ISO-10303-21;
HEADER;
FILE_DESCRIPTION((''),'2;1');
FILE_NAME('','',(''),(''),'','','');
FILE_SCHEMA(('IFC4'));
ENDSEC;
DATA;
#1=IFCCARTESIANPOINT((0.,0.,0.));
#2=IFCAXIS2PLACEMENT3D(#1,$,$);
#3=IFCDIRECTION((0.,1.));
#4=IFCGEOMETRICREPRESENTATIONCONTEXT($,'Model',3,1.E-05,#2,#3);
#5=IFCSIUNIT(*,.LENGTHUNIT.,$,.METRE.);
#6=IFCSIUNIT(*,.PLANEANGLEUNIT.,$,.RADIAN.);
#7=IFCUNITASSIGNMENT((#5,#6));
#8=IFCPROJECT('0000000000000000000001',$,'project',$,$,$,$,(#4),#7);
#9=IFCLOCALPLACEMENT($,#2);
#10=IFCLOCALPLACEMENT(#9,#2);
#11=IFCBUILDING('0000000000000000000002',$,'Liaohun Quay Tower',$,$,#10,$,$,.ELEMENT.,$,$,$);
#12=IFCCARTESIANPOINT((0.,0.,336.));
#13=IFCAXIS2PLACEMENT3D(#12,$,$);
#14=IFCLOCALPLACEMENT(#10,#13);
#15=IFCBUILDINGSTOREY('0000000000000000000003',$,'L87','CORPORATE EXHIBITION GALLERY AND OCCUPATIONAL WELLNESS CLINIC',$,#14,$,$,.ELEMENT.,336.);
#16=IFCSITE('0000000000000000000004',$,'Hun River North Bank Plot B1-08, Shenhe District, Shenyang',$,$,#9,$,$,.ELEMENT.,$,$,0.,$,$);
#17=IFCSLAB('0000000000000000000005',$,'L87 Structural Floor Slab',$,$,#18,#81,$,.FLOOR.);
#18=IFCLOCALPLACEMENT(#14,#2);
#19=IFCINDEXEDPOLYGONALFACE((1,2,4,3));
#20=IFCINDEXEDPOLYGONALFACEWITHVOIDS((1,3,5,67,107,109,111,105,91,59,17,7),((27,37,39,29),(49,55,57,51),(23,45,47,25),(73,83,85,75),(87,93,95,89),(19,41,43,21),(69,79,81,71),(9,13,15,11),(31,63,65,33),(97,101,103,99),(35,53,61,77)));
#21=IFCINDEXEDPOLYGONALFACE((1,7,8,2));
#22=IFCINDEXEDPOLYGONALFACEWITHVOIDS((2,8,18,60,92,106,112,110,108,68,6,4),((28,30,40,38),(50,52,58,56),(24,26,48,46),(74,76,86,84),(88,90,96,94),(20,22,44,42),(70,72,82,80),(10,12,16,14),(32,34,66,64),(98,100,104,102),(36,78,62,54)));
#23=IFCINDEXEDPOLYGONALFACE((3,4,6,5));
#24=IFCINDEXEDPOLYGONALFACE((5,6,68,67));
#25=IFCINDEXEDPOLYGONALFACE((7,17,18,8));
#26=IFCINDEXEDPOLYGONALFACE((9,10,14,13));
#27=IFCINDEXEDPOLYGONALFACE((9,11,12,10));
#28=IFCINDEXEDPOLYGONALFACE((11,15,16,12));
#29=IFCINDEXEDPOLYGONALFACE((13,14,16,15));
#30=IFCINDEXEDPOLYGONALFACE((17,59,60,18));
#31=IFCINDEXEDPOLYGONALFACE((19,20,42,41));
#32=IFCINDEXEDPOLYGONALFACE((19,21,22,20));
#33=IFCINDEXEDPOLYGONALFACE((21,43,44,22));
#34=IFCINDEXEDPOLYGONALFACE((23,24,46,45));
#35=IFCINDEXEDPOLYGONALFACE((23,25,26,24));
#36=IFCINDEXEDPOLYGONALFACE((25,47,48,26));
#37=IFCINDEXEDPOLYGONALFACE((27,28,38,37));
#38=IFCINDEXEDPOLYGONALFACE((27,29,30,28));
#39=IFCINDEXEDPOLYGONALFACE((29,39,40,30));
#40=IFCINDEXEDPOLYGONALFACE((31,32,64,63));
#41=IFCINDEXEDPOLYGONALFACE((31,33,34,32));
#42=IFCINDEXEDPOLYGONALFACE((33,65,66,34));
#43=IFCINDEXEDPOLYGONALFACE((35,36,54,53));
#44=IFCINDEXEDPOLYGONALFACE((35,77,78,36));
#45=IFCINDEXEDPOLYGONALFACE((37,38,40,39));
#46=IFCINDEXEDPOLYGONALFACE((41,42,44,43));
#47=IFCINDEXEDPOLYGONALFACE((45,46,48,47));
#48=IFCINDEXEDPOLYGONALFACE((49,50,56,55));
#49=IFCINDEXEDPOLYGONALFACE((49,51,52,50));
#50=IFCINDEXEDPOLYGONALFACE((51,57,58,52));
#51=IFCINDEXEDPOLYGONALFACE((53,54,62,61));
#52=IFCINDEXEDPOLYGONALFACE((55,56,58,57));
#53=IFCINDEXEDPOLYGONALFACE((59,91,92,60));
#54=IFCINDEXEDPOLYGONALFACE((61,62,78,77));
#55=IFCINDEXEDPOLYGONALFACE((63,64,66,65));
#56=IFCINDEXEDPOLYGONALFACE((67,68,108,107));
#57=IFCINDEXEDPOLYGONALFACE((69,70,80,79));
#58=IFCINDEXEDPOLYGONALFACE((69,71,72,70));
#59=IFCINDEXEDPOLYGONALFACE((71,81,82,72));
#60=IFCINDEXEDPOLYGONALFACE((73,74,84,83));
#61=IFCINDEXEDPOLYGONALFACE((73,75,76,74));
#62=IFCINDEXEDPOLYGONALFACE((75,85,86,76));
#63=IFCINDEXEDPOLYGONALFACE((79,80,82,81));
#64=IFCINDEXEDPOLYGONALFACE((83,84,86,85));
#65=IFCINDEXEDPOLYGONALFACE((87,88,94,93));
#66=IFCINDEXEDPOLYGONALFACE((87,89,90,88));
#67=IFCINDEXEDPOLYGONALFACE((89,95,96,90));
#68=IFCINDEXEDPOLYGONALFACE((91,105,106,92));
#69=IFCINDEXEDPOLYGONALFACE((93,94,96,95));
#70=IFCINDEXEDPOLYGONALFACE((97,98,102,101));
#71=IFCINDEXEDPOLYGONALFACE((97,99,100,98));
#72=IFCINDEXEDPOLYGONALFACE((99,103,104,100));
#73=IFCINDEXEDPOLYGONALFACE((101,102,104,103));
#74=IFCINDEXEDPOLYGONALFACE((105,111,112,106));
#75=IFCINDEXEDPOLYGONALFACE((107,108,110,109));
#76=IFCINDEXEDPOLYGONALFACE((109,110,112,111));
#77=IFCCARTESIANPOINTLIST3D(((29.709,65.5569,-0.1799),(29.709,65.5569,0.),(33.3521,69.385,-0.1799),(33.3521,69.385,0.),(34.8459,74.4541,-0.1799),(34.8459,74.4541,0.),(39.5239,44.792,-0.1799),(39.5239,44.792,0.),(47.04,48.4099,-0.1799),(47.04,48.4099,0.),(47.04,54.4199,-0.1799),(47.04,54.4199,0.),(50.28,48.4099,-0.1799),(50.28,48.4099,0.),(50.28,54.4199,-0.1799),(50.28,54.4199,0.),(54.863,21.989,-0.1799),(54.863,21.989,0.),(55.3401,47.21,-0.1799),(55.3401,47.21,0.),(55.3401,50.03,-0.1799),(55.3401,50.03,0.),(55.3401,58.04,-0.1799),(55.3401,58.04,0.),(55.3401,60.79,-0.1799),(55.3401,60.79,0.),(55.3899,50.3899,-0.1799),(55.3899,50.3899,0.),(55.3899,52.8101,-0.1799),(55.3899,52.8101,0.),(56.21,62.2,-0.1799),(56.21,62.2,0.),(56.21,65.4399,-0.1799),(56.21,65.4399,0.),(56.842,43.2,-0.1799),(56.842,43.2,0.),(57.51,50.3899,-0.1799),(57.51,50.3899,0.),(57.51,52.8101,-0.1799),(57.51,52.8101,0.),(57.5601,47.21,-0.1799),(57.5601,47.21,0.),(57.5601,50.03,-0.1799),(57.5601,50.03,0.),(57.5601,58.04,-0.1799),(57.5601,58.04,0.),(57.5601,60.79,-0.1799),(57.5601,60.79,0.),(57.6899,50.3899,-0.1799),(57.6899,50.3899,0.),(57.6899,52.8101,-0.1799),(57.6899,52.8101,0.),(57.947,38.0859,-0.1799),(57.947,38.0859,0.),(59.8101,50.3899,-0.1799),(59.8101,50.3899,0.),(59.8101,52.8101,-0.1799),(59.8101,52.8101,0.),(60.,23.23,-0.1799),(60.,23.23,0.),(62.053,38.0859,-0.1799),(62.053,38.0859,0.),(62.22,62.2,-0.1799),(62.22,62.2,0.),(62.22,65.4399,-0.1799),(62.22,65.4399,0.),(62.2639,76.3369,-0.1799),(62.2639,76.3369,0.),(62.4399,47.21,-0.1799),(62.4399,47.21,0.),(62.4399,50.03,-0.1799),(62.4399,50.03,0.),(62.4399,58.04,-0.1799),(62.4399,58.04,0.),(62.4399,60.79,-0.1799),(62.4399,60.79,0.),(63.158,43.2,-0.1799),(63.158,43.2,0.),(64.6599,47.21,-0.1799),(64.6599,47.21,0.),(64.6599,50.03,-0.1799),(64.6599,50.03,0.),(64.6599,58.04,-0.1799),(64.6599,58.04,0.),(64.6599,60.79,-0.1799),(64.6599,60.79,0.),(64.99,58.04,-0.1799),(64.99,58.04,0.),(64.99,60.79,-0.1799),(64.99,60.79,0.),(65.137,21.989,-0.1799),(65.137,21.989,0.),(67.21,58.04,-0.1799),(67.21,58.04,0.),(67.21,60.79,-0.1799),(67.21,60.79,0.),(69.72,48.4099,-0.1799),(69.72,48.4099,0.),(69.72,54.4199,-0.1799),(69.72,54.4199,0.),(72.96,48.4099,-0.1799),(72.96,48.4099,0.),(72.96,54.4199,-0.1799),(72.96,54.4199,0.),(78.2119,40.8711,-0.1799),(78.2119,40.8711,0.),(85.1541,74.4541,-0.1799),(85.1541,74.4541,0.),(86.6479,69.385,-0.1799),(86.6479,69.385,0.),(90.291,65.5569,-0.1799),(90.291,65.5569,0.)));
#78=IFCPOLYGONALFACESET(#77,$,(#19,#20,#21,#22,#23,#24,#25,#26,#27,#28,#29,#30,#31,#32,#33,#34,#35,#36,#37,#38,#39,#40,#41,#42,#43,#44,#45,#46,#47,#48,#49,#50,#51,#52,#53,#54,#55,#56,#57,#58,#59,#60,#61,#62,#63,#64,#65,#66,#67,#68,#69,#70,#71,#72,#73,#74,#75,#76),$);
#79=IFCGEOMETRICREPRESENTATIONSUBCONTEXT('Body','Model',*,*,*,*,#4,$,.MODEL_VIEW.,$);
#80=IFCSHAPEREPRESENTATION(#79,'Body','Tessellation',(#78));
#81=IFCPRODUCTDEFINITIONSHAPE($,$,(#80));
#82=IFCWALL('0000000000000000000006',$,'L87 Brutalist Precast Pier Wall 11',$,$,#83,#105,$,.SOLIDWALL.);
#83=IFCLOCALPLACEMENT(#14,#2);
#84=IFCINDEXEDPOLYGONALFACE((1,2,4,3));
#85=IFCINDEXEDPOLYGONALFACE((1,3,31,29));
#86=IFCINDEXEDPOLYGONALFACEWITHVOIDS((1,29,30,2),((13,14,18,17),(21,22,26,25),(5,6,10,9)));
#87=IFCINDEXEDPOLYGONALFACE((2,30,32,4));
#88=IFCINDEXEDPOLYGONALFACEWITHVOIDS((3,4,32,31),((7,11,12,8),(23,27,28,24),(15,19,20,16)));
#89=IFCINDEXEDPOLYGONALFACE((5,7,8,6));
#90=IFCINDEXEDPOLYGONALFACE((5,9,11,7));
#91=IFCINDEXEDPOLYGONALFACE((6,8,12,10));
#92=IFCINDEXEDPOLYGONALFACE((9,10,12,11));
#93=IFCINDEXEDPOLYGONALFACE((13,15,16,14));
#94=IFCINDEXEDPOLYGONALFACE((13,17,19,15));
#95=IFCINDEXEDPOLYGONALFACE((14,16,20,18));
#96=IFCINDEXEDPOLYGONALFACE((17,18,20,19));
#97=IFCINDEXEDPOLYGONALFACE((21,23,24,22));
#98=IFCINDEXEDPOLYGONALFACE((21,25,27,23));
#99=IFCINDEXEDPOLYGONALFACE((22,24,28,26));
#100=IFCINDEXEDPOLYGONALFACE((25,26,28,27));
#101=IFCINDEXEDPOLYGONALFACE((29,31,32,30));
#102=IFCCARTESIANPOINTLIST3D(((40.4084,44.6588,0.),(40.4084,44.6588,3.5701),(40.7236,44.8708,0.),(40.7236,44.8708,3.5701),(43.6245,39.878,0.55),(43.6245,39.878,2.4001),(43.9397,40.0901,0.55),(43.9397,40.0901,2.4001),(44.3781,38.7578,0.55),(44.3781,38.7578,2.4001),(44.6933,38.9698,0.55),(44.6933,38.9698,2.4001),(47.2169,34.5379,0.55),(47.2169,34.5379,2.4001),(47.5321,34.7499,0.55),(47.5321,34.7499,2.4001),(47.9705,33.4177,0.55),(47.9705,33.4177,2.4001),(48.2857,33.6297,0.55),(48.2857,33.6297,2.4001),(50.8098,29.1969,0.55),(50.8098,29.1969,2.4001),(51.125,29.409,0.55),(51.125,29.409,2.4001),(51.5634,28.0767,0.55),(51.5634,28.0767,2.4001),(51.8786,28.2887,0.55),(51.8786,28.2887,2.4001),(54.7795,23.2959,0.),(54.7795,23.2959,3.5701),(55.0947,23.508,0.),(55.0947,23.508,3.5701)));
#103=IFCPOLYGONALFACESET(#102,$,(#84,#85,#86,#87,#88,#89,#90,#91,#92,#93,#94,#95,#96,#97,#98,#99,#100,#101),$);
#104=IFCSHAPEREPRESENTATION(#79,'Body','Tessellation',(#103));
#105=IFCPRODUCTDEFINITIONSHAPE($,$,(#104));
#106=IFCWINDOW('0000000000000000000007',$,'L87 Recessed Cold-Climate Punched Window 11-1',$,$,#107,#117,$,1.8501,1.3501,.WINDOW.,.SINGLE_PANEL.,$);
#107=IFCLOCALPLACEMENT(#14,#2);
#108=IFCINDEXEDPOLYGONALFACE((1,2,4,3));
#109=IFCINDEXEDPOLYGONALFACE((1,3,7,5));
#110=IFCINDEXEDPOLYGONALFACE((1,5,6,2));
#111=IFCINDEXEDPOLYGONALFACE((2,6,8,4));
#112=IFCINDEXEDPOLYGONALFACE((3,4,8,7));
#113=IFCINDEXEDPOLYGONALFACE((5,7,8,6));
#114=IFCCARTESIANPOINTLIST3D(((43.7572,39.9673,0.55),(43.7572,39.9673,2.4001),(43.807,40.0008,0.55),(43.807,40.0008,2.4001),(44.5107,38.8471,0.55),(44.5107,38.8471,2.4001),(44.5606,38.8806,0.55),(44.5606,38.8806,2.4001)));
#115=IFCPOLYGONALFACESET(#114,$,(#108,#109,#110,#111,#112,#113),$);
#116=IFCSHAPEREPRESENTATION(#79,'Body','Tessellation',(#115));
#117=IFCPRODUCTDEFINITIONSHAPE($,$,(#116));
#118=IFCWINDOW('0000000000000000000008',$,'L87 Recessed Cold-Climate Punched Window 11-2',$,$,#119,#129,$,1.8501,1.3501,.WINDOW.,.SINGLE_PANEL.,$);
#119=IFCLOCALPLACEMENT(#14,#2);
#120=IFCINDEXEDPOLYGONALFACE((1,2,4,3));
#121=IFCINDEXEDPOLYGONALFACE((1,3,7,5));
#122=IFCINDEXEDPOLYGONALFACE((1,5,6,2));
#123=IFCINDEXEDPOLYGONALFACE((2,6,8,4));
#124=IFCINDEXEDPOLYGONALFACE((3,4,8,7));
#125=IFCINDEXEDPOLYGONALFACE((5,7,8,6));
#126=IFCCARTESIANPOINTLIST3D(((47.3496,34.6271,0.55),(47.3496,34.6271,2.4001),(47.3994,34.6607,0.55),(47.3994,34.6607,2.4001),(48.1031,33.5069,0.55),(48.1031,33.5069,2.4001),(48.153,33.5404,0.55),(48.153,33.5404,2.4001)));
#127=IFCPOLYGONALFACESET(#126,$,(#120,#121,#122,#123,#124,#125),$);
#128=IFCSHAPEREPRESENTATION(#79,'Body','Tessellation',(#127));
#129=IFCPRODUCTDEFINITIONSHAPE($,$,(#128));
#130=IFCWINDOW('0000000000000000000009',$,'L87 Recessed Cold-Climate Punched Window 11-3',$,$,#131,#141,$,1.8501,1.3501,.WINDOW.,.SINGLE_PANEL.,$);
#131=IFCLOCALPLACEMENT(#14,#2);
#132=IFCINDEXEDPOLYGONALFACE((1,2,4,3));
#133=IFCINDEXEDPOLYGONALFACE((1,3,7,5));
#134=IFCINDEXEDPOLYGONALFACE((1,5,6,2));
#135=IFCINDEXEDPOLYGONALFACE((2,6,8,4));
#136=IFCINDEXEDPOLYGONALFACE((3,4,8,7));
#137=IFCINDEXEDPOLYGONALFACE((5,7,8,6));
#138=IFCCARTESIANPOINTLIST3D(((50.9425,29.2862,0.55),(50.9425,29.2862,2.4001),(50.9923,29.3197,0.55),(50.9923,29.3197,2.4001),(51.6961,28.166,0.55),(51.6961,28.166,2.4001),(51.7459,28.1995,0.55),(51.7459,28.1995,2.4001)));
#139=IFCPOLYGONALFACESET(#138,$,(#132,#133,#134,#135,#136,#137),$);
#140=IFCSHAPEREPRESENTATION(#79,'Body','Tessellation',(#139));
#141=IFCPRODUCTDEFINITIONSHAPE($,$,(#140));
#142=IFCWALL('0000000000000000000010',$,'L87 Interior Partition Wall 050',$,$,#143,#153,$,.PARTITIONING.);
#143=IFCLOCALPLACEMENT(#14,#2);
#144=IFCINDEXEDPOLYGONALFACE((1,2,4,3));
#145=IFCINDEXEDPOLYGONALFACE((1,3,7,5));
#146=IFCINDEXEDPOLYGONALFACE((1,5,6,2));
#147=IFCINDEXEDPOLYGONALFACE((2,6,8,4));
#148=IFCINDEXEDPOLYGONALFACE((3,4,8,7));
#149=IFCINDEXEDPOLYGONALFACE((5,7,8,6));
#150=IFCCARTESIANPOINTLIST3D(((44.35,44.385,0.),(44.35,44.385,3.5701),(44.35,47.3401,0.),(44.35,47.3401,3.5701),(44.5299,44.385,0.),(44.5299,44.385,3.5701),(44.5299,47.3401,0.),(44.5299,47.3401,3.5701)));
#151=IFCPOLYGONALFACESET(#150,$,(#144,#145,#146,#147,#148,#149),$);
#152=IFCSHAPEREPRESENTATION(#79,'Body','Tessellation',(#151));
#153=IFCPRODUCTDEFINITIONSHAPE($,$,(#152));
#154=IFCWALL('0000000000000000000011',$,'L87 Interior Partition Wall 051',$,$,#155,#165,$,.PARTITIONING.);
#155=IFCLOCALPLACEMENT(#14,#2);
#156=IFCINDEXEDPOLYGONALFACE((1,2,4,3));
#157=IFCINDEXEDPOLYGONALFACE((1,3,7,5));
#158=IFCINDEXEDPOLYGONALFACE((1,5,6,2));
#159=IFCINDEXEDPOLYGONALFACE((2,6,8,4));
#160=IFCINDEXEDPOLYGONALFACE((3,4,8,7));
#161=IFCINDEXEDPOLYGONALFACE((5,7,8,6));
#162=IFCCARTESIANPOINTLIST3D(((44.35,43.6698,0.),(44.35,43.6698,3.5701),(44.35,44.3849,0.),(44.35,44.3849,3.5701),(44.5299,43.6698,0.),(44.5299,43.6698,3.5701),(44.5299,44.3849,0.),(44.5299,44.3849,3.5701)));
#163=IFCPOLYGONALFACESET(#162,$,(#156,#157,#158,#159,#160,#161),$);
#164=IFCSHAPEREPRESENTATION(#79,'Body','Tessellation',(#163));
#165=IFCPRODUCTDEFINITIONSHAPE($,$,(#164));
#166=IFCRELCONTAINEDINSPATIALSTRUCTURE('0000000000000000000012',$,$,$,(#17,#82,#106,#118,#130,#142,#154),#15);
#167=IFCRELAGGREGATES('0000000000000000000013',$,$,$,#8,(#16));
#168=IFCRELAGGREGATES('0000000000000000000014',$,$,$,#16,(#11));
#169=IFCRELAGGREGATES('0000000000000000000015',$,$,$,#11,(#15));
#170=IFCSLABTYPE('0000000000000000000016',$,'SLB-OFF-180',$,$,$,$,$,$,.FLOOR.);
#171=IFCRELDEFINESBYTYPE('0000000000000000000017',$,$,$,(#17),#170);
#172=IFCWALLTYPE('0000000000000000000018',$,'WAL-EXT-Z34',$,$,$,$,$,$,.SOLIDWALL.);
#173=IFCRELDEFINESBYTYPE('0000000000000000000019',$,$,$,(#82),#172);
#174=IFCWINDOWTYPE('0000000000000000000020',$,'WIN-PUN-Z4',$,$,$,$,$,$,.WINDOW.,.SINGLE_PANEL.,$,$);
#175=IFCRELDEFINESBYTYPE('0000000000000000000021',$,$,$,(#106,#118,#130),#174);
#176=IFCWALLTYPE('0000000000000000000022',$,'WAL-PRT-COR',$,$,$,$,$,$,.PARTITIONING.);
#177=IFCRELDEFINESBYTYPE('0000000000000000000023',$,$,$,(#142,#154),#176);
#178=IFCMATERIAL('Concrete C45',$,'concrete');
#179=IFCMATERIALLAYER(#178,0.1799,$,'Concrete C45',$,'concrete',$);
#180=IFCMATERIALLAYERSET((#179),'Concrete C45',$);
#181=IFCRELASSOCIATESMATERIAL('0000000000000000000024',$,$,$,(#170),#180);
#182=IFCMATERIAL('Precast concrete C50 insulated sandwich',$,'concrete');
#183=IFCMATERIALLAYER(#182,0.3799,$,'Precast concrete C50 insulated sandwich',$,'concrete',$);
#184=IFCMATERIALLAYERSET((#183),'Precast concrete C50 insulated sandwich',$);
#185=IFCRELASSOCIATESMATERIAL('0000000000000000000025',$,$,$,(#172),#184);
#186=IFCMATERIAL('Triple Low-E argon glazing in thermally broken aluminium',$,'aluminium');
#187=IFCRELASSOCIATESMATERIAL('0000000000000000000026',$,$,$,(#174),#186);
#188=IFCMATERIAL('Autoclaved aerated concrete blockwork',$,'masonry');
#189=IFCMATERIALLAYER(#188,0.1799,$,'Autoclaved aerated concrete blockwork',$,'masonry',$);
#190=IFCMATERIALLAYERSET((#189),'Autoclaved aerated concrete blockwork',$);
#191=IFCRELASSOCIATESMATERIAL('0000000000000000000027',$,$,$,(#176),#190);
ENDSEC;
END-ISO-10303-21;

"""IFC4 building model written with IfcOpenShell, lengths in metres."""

from ifc_helpers import new_model, si_unit, direction, frame, frame_2d, origin, place, context, subcontext, project, spatial, polyline, rectangle, outline, extrude, source, transform, mapped, material, layer, layer_set, type_object, element, fill, save


model = new_model("IFC4")

# Units and contexts
model_context = context("Model", 3, precision=1e-05, world=origin(), true_north=direction((0.0, 1.0)))
body_context = subcontext(model_context, "Body", "Model", "MODEL_VIEW")
ifc_project = project(units=[si_unit("LENGTHUNIT", "METRE"), si_unit("PLANEANGLEUNIT", "RADIAN")], contexts=[model_context])

# Site, building, storey
site_placement = place(None, origin())
site = spatial("IfcSite", under=ifc_project, at=site_placement, Name="Hun River North Bank Plot B1-08, Shenhe District, Shenyang", CompositionType="ELEMENT", RefElevation=0.0)
building_placement = place(site_placement, origin())
building = spatial("IfcBuilding", under=site, at=building_placement, Name="Liaohun Quay Tower", CompositionType="ELEMENT")
storey_placement = place(building_placement, frame((0.0, 0.0, 336.0)))
storey = spatial("IfcBuildingStorey", under=building, at=storey_placement, Name="L87", Description="CORPORATE EXHIBITION GALLERY AND OCCUPATIONAL WELLNESS CLINIC", CompositionType="ELEMENT", Elevation=336.0)

# Shared definitions
ifc_material_1 = material(Name="Concrete C45", Category="concrete")

# Slab
ifc_layer_1 = layer(ifc_material_1, 0.1799, Name="Concrete C45", Category="concrete")
ifc_layer_set_1 = layer_set([ifc_layer_1], Name="Concrete C45")
slab_type_1 = type_object("IfcSlabType", Name="SLB-OFF-180", PredefinedType="FLOOR", material=ifc_layer_set_1)
slab_1_placement = place(storey_placement, frame((0.0, 0.0, -0.1799)))
element("IfcSlab", 1, at=slab_1_placement, inside=storey, type_object=slab_type_1, Name="L87 Structural Floor Slab", PredefinedType="FLOOR", context=body_context, shape_type="SweptSolid", body=[
    extrude(outline(polyline([(54.863, 21.989), (60.0, 23.23), (65.137, 21.989), (78.2119, 40.8711), (90.291, 65.5569), (86.6479, 69.385), (85.1541, 74.4541), (62.2639, 76.3369), (34.8459, 74.4541), (33.3521, 69.385), (29.709, 65.5569), (39.5239, 44.792), (54.863, 21.989)]), holes=[polyline([(57.5601, 50.03), (55.3401, 50.03), (55.3401, 47.21), (57.5601, 47.21), (57.5601, 50.03)]), polyline([(47.04, 54.4199), (47.04, 48.4099), (50.28, 48.4099), (50.28, 54.4199), (47.04, 54.4199)]), polyline([(57.51, 52.8101), (55.3899, 52.8101), (55.3899, 50.3899), (57.51, 50.3899), (57.51, 52.8101)]), polyline([(59.8101, 50.3899), (59.8101, 52.8101), (57.6899, 52.8101), (57.6899, 50.3899), (59.8101, 50.3899)]), polyline([(57.5601, 58.04), (57.5601, 60.79), (55.3401, 60.79), (55.3401, 58.04), (57.5601, 58.04)]), polyline([(62.22, 65.4399), (56.21, 65.4399), (56.21, 62.2), (62.22, 62.2), (62.22, 65.4399)]), polyline([(62.053, 38.0859), (63.158, 43.2), (56.842, 43.2), (57.947, 38.0859), (62.053, 38.0859)]), polyline([(64.6599, 47.21), (64.6599, 50.03), (62.4399, 50.03), (62.4399, 47.21), (64.6599, 47.21)]), polyline([(69.72, 54.4199), (69.72, 48.4099), (72.96, 48.4099), (72.96, 54.4199), (69.72, 54.4199)]), polyline([(64.6599, 58.04), (64.6599, 60.79), (62.4399, 60.79), (62.4399, 58.04), (64.6599, 58.04)]), polyline([(67.21, 58.04), (67.21, 60.79), (64.99, 60.79), (64.99, 58.04), (67.21, 58.04)])]), origin(), (0.0, 0.0, 1.0), 0.1799),
])

# Wall, openings, windows
ifc_material_2 = material(Name="Precast concrete C50 insulated sandwich", Category="concrete")
ifc_layer_2 = layer(ifc_material_2, 0.3799, Name="Precast concrete C50 insulated sandwich", Category="concrete")
ifc_layer_set_2 = layer_set([ifc_layer_2], Name="Precast concrete C50 insulated sandwich")
wall_type_1 = type_object("IfcWallType", Name="WAL-EXT-Z34", PredefinedType="SOLIDWALL", material=ifc_layer_set_2)
wall_1_placement = place(storey_placement, frame((40.5659, 44.7649, 0.0), z_axis=(0.0, 0.0, 1.0), x_axis=(0.55817, -0.829726, 0.0)))
wall_1 = element("IfcWall", 2, at=wall_1_placement, inside=storey, type_object=wall_type_1, Name="L87 Brutalist Precast Pier Wall 11", PredefinedType="SOLIDWALL", context=body_context, shape_type="SweptSolid", body=[
    extrude(rectangle(XDim=25.7468, YDim=0.3799, at=frame_2d((12.8735, 0.0))), origin(), (0.0, 0.0, 1.0), 3.5701),
])
shared_shape_1 = source(origin(), body_context, "Body", "SweptSolid", [
    extrude(rectangle(XDim=1.3501, YDim=1.8501, at=frame_2d((0.675, 0.925))), frame((0.0, 0.2, 0.0), z_axis=(0.0, -1.0, 0.0), x_axis=(1.0, 0.0, 0.0)), (0.0, 0.0, 1.0), 0.3999),
])
opening_1_placement = place(wall_1_placement, frame((5.762, 0.0, 0.55)))
opening_1 = element("IfcOpeningElement", 3, at=opening_1_placement, cuts=wall_1, PredefinedType="OPENING", context=body_context, shape_type="MappedRepresentation", body=[
    mapped(shared_shape_1, transform((0.0, 0.0, 0.0), x_axis=(1.0, 0.0, 0.0), y_axis=(0.0, 1.0, 0.0), z_axis=(0.0, 0.0, 1.0), scale=1.0)),
])
opening_2_placement = place(wall_1_placement, frame((12.198, 0.0, 0.55)))
opening_2 = element("IfcOpeningElement", 4, at=opening_2_placement, cuts=wall_1, PredefinedType="OPENING", context=body_context, shape_type="MappedRepresentation", body=[
    mapped(shared_shape_1, transform((0.0, 0.0, 0.0), x_axis=(1.0, 0.0, 0.0), y_axis=(0.0, 1.0, 0.0), z_axis=(0.0, 0.0, 1.0), scale=1.0)),
])
opening_3_placement = place(wall_1_placement, frame((18.635, 0.0, 0.55)))
opening_3 = element("IfcOpeningElement", 5, at=opening_3_placement, cuts=wall_1, PredefinedType="OPENING", context=body_context, shape_type="MappedRepresentation", body=[
    mapped(shared_shape_1, transform((0.0, 0.0, 0.0), x_axis=(1.0, 0.0, 0.0), y_axis=(0.0, 1.0, 0.0), z_axis=(0.0, 0.0, 1.0), scale=1.0)),
])
ifc_material_3 = material(Name="Triple Low-E argon glazing in thermally broken aluminium", Category="aluminium")
window_type = type_object("IfcWindowType", Name="WIN-PUN-Z4", PartitioningType="SINGLE_PANEL", PredefinedType="WINDOW", material=ifc_material_3)
shared_shape_2 = source(origin(), body_context, "Body", "SweptSolid", [
    extrude(rectangle(XDim=1.3501, YDim=1.8501, at=frame_2d((0.675, 0.925))), frame((0.0, 0.03, 0.0), z_axis=(0.0, -1.0, 0.0), x_axis=(1.0, 0.0, 0.0)), (0.0, 0.0, 1.0), 0.0601),
])
window_1_placement = place(opening_1_placement, origin())
window_1 = element("IfcWindow", 6, at=window_1_placement, inside=storey, type_object=window_type, Name="L87 Recessed Cold-Climate Punched Window 11-1", OverallHeight=1.8501, OverallWidth=1.3501, PartitioningType="SINGLE_PANEL", PredefinedType="WINDOW", context=body_context, shape_type="MappedRepresentation", body=[
    mapped(shared_shape_2, transform((0.0, 0.0, 0.0), x_axis=(1.0, 0.0, 0.0), y_axis=(0.0, 1.0, 0.0), z_axis=(0.0, 0.0, 1.0), scale=1.0)),
])
fill(opening_1, window_1)
window_2_placement = place(opening_2_placement, origin())
window_2 = element("IfcWindow", 7, at=window_2_placement, inside=storey, type_object=window_type, Name="L87 Recessed Cold-Climate Punched Window 11-2", OverallHeight=1.8501, OverallWidth=1.3501, PartitioningType="SINGLE_PANEL", PredefinedType="WINDOW", context=body_context, shape_type="MappedRepresentation", body=[
    mapped(shared_shape_2, transform((0.0, 0.0, 0.0), x_axis=(1.0, 0.0, 0.0), y_axis=(0.0, 1.0, 0.0), z_axis=(0.0, 0.0, 1.0), scale=1.0)),
])
fill(opening_2, window_2)
window_3_placement = place(opening_3_placement, origin())
window_3 = element("IfcWindow", 8, at=window_3_placement, inside=storey, type_object=window_type, Name="L87 Recessed Cold-Climate Punched Window 11-3", OverallHeight=1.8501, OverallWidth=1.3501, PartitioningType="SINGLE_PANEL", PredefinedType="WINDOW", context=body_context, shape_type="MappedRepresentation", body=[
    mapped(shared_shape_2, transform((0.0, 0.0, 0.0), x_axis=(1.0, 0.0, 0.0), y_axis=(0.0, 1.0, 0.0), z_axis=(0.0, 0.0, 1.0), scale=1.0)),
])
fill(opening_3, window_3)

# Walls
ifc_material_4 = material(Name="Autoclaved aerated concrete blockwork", Category="masonry")
ifc_layer_3 = layer(ifc_material_4, 0.1799, Name="Autoclaved aerated concrete blockwork", Category="masonry")
ifc_layer_set_3 = layer_set([ifc_layer_3], Name="Autoclaved aerated concrete blockwork")
wall_type_2 = type_object("IfcWallType", Name="WAL-PRT-COR", PredefinedType="PARTITIONING", material=ifc_layer_set_3)
wall_2_placement = place(storey_placement, frame((44.4399, 44.385, 0.0), z_axis=(0.0, 0.0, 1.0), x_axis=(0.0, 1.0, 0.0)))
element("IfcWall", 9, at=wall_2_placement, inside=storey, type_object=wall_type_2, Name="L87 Interior Partition Wall 050", PredefinedType="PARTITIONING", context=body_context, shape_type="SweptSolid", body=[
    extrude(rectangle(XDim=2.9551, YDim=0.1799, at=frame_2d((1.4775, 0.0))), origin(), (0.0, 0.0, 1.0), 3.5701),
])
wall_3_placement = place(storey_placement, frame((44.4399, 43.6699, 0.0), z_axis=(0.0, 0.0, 1.0), x_axis=(0.0, 1.0, 0.0)))
element("IfcWall", 10, at=wall_3_placement, inside=storey, type_object=wall_type_2, Name="L87 Interior Partition Wall 051", PredefinedType="PARTITIONING", context=body_context, shape_type="SweptSolid", body=[
    extrude(rectangle(XDim=0.7151, YDim=0.1799, at=frame_2d((0.3574, 0.0))), origin(), (0.0, 0.0, 1.0), 3.5701),
])

save(model, "model.ifc")
